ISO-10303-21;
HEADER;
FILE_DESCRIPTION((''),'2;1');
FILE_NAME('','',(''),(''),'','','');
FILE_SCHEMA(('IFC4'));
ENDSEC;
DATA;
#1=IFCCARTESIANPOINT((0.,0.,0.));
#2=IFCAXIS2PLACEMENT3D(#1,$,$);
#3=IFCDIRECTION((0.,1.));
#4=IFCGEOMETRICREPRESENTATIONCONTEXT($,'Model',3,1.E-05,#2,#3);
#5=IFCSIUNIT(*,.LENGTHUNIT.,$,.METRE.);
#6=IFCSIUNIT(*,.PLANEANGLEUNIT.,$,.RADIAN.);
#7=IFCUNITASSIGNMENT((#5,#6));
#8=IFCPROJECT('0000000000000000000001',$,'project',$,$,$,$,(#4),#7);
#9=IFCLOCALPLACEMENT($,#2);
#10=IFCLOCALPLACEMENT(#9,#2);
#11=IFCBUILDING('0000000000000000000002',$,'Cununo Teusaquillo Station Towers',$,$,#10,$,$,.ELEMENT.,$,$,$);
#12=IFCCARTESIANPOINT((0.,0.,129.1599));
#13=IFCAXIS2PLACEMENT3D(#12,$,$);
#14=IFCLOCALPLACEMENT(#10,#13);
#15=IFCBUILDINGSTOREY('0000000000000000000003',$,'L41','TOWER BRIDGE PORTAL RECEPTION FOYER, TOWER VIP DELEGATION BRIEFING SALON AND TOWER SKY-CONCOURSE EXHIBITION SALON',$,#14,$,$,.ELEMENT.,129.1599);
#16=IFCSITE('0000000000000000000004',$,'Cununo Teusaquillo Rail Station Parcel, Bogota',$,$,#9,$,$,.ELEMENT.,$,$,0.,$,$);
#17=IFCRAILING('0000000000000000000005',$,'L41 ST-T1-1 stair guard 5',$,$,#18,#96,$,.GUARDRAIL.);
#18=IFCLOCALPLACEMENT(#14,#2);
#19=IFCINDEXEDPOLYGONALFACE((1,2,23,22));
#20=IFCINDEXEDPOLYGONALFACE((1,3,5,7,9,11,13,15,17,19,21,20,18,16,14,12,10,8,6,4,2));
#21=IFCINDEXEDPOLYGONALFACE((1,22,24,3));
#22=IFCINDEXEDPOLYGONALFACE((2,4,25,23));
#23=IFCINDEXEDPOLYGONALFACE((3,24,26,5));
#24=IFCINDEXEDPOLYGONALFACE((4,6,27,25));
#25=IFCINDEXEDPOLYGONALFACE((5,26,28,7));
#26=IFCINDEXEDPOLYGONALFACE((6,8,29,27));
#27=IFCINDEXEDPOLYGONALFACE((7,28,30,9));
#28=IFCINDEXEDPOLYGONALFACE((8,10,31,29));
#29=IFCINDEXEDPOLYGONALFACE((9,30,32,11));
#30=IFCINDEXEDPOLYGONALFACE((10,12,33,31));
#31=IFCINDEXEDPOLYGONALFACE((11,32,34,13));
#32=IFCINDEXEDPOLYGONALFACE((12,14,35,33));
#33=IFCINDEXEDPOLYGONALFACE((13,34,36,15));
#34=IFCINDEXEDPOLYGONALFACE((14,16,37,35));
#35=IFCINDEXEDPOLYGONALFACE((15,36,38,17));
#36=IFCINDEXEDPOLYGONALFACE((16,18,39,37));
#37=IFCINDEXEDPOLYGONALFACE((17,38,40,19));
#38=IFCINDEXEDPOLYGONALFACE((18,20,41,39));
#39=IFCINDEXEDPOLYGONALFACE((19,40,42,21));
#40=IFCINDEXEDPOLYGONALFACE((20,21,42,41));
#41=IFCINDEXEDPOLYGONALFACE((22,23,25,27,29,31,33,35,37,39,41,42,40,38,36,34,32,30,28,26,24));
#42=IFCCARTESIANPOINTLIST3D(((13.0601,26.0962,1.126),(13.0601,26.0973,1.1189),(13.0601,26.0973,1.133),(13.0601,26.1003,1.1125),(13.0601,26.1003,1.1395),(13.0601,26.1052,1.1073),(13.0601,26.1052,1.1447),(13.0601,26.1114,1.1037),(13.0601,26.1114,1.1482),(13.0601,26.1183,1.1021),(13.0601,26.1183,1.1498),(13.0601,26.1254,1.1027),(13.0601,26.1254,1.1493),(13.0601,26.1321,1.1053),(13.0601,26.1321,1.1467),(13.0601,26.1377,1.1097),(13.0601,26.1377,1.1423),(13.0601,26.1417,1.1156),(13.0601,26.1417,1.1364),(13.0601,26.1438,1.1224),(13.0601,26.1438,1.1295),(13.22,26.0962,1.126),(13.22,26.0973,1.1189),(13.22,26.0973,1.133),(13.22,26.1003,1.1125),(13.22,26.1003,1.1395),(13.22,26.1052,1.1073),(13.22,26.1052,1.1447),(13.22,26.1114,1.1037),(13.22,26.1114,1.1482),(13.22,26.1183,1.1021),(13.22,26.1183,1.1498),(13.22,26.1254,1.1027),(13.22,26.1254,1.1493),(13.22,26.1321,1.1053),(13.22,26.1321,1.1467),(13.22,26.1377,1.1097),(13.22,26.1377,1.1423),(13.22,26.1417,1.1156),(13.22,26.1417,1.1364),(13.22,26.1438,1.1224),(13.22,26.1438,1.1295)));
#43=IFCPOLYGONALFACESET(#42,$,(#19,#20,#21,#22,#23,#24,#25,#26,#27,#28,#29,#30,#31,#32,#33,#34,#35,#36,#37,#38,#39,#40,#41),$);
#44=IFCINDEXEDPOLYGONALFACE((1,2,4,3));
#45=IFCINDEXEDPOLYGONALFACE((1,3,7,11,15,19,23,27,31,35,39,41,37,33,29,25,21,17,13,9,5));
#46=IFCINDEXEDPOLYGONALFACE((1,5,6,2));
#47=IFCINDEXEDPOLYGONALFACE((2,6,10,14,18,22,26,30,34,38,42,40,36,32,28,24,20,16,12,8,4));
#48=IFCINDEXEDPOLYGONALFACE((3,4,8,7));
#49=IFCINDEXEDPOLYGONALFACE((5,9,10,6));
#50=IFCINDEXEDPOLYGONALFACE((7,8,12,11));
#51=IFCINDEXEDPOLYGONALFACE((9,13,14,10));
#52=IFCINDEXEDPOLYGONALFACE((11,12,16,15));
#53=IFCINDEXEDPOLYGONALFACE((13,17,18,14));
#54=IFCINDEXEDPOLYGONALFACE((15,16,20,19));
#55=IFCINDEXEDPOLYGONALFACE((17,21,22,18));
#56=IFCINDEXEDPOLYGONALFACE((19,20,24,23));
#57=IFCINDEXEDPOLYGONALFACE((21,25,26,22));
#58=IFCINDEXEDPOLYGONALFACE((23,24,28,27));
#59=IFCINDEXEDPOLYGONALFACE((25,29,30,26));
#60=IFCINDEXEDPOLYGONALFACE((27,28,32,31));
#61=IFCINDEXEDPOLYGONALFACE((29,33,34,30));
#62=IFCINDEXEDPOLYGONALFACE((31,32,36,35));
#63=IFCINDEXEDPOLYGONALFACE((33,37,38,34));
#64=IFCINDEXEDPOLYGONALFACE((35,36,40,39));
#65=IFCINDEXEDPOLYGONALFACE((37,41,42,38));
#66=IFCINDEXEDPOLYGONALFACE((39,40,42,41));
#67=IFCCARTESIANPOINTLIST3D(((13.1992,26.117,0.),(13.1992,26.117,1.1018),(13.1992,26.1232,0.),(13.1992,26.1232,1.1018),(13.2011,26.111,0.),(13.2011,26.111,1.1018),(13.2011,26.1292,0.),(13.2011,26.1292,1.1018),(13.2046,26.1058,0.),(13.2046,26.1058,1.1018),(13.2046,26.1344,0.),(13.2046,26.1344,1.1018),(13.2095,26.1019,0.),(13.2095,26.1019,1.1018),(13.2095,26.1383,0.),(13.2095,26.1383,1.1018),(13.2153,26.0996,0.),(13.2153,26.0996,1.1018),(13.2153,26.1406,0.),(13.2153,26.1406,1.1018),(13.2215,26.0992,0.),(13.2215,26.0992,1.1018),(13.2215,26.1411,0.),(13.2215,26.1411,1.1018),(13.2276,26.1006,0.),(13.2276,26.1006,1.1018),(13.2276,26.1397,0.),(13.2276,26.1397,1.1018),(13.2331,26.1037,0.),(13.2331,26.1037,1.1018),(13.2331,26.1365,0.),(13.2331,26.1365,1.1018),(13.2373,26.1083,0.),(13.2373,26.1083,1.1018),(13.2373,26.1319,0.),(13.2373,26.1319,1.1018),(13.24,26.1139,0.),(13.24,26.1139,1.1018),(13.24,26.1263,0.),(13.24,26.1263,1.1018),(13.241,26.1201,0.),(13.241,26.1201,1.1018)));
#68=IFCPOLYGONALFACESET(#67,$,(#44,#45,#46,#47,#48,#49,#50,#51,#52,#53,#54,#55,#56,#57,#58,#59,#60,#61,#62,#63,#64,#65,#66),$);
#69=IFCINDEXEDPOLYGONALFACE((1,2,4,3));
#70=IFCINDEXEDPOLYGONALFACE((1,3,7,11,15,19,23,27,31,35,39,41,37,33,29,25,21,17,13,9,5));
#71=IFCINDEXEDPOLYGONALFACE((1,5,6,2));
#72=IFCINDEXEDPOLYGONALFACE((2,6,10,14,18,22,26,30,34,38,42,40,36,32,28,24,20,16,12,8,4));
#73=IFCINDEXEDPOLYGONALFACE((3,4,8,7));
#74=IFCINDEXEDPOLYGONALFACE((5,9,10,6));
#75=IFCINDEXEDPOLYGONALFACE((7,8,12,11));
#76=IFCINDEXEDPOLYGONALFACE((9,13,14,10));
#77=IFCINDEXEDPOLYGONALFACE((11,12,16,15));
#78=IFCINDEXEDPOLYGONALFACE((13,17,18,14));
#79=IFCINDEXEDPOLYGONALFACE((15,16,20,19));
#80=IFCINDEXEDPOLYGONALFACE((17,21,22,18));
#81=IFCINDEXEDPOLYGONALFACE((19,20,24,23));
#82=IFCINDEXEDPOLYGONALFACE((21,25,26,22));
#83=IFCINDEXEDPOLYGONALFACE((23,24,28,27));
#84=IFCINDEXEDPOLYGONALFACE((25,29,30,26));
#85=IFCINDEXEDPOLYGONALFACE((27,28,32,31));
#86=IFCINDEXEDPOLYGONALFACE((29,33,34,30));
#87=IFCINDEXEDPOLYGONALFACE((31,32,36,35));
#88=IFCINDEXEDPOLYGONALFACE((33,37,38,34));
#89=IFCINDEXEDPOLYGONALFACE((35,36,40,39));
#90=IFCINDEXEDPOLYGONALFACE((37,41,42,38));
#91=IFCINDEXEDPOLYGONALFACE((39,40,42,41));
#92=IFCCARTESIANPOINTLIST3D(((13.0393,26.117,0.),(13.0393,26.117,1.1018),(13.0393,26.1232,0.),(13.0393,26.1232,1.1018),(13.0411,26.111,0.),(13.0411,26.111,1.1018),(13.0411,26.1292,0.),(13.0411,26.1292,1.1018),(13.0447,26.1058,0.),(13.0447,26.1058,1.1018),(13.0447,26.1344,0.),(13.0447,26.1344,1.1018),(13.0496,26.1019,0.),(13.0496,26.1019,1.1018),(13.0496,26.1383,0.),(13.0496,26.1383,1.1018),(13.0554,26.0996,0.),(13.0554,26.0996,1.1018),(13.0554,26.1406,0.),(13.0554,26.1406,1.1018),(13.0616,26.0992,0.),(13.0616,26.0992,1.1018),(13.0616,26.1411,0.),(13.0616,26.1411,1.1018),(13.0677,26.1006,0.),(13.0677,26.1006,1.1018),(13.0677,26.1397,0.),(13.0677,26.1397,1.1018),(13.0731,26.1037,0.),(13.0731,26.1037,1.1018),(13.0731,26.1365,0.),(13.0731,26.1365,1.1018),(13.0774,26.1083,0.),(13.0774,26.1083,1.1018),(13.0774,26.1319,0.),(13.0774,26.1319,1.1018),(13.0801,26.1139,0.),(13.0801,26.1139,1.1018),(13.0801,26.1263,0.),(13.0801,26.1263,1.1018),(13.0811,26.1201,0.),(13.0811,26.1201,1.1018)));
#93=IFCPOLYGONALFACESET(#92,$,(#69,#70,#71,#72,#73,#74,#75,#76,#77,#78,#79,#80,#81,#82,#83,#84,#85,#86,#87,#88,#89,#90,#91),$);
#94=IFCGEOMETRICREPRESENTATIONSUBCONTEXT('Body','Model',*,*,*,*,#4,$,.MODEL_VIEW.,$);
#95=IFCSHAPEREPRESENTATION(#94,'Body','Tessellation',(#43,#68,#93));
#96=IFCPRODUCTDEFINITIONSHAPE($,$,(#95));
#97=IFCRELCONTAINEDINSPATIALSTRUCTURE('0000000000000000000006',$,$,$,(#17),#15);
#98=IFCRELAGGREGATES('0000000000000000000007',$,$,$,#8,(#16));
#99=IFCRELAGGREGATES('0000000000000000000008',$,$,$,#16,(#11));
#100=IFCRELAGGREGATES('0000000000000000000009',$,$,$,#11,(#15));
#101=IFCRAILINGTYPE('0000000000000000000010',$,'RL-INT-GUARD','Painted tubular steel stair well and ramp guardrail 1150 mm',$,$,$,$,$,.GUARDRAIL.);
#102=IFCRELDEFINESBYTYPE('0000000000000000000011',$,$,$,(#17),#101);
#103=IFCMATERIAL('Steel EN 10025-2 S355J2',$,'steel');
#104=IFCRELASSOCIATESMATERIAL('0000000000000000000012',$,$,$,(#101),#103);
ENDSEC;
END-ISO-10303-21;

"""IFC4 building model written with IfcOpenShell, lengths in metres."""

from ifc_helpers import new_model, si_unit, direction, frame, origin, origin_2d, place, context, subcontext, project, spatial, circle, extrude, material, type_object, element, save


model = new_model("IFC4")

# Units and contexts
model_context = context("Model", 3, precision=1e-05, world=origin(), true_north=direction((0.0, 1.0)))
body_context = subcontext(model_context, "Body", "Model", "MODEL_VIEW")
ifc_project = project(units=[si_unit("LENGTHUNIT", "METRE"), si_unit("PLANEANGLEUNIT", "RADIAN")], contexts=[model_context])

# Site, building, storey
site_placement = place(None, origin())
site = spatial("IfcSite", under=ifc_project, at=site_placement, Name="Cununo Teusaquillo Rail Station Parcel, Bogota", CompositionType="ELEMENT", RefElevation=0.0)
building_placement = place(site_placement, origin())
building = spatial("IfcBuilding", under=site, at=building_placement, Name="Cununo Teusaquillo Station Towers", CompositionType="ELEMENT")
storey_placement = place(building_placement, frame((0.0, 0.0, 129.1599)))
storey = spatial("IfcBuildingStorey", under=building, at=storey_placement, Name="L41", Description="TOWER BRIDGE PORTAL RECEPTION FOYER, TOWER VIP DELEGATION BRIEFING SALON AND TOWER SKY-CONCOURSE EXHIBITION SALON", CompositionType="ELEMENT", Elevation=129.1599)

# Railing
ifc_material_1 = material(Name="Steel EN 10025-2 S355J2", Category="steel")
railing_type_1 = type_object("IfcRailingType", Name="RL-INT-GUARD", Description="Painted tubular steel stair well and ramp guardrail 1150 mm", PredefinedType="GUARDRAIL", material=ifc_material_1)
railing_1_placement = place(storey_placement, frame((13.22, 26.1201, 0.0)))
element("IfcRailing", 1, at=railing_1_placement, inside=storey, type_object=railing_type_1, Name="L41 ST-T1-1 stair guard 5", PredefinedType="GUARDRAIL", context=body_context, shape_type="SweptSolid", body=[
    extrude(circle(Radius=0.0239, at=origin_2d()), frame((0.0, 0.0, 1.126), z_axis=(-1.0, 0.0, 0.0), x_axis=(0.0, -1.0, 0.0)), (0.0, 0.0, 1.0), 0.1599),
    extrude(circle(Radius=0.021, at=origin_2d()), origin(), (0.0, 0.0, 1.0), 1.1018),
    extrude(circle(Radius=0.021, at=origin_2d()), frame((-0.1599, 0.0, 0.0)), (0.0, 0.0, 1.0), 1.1018),
])

save(model, "model.ifc")
